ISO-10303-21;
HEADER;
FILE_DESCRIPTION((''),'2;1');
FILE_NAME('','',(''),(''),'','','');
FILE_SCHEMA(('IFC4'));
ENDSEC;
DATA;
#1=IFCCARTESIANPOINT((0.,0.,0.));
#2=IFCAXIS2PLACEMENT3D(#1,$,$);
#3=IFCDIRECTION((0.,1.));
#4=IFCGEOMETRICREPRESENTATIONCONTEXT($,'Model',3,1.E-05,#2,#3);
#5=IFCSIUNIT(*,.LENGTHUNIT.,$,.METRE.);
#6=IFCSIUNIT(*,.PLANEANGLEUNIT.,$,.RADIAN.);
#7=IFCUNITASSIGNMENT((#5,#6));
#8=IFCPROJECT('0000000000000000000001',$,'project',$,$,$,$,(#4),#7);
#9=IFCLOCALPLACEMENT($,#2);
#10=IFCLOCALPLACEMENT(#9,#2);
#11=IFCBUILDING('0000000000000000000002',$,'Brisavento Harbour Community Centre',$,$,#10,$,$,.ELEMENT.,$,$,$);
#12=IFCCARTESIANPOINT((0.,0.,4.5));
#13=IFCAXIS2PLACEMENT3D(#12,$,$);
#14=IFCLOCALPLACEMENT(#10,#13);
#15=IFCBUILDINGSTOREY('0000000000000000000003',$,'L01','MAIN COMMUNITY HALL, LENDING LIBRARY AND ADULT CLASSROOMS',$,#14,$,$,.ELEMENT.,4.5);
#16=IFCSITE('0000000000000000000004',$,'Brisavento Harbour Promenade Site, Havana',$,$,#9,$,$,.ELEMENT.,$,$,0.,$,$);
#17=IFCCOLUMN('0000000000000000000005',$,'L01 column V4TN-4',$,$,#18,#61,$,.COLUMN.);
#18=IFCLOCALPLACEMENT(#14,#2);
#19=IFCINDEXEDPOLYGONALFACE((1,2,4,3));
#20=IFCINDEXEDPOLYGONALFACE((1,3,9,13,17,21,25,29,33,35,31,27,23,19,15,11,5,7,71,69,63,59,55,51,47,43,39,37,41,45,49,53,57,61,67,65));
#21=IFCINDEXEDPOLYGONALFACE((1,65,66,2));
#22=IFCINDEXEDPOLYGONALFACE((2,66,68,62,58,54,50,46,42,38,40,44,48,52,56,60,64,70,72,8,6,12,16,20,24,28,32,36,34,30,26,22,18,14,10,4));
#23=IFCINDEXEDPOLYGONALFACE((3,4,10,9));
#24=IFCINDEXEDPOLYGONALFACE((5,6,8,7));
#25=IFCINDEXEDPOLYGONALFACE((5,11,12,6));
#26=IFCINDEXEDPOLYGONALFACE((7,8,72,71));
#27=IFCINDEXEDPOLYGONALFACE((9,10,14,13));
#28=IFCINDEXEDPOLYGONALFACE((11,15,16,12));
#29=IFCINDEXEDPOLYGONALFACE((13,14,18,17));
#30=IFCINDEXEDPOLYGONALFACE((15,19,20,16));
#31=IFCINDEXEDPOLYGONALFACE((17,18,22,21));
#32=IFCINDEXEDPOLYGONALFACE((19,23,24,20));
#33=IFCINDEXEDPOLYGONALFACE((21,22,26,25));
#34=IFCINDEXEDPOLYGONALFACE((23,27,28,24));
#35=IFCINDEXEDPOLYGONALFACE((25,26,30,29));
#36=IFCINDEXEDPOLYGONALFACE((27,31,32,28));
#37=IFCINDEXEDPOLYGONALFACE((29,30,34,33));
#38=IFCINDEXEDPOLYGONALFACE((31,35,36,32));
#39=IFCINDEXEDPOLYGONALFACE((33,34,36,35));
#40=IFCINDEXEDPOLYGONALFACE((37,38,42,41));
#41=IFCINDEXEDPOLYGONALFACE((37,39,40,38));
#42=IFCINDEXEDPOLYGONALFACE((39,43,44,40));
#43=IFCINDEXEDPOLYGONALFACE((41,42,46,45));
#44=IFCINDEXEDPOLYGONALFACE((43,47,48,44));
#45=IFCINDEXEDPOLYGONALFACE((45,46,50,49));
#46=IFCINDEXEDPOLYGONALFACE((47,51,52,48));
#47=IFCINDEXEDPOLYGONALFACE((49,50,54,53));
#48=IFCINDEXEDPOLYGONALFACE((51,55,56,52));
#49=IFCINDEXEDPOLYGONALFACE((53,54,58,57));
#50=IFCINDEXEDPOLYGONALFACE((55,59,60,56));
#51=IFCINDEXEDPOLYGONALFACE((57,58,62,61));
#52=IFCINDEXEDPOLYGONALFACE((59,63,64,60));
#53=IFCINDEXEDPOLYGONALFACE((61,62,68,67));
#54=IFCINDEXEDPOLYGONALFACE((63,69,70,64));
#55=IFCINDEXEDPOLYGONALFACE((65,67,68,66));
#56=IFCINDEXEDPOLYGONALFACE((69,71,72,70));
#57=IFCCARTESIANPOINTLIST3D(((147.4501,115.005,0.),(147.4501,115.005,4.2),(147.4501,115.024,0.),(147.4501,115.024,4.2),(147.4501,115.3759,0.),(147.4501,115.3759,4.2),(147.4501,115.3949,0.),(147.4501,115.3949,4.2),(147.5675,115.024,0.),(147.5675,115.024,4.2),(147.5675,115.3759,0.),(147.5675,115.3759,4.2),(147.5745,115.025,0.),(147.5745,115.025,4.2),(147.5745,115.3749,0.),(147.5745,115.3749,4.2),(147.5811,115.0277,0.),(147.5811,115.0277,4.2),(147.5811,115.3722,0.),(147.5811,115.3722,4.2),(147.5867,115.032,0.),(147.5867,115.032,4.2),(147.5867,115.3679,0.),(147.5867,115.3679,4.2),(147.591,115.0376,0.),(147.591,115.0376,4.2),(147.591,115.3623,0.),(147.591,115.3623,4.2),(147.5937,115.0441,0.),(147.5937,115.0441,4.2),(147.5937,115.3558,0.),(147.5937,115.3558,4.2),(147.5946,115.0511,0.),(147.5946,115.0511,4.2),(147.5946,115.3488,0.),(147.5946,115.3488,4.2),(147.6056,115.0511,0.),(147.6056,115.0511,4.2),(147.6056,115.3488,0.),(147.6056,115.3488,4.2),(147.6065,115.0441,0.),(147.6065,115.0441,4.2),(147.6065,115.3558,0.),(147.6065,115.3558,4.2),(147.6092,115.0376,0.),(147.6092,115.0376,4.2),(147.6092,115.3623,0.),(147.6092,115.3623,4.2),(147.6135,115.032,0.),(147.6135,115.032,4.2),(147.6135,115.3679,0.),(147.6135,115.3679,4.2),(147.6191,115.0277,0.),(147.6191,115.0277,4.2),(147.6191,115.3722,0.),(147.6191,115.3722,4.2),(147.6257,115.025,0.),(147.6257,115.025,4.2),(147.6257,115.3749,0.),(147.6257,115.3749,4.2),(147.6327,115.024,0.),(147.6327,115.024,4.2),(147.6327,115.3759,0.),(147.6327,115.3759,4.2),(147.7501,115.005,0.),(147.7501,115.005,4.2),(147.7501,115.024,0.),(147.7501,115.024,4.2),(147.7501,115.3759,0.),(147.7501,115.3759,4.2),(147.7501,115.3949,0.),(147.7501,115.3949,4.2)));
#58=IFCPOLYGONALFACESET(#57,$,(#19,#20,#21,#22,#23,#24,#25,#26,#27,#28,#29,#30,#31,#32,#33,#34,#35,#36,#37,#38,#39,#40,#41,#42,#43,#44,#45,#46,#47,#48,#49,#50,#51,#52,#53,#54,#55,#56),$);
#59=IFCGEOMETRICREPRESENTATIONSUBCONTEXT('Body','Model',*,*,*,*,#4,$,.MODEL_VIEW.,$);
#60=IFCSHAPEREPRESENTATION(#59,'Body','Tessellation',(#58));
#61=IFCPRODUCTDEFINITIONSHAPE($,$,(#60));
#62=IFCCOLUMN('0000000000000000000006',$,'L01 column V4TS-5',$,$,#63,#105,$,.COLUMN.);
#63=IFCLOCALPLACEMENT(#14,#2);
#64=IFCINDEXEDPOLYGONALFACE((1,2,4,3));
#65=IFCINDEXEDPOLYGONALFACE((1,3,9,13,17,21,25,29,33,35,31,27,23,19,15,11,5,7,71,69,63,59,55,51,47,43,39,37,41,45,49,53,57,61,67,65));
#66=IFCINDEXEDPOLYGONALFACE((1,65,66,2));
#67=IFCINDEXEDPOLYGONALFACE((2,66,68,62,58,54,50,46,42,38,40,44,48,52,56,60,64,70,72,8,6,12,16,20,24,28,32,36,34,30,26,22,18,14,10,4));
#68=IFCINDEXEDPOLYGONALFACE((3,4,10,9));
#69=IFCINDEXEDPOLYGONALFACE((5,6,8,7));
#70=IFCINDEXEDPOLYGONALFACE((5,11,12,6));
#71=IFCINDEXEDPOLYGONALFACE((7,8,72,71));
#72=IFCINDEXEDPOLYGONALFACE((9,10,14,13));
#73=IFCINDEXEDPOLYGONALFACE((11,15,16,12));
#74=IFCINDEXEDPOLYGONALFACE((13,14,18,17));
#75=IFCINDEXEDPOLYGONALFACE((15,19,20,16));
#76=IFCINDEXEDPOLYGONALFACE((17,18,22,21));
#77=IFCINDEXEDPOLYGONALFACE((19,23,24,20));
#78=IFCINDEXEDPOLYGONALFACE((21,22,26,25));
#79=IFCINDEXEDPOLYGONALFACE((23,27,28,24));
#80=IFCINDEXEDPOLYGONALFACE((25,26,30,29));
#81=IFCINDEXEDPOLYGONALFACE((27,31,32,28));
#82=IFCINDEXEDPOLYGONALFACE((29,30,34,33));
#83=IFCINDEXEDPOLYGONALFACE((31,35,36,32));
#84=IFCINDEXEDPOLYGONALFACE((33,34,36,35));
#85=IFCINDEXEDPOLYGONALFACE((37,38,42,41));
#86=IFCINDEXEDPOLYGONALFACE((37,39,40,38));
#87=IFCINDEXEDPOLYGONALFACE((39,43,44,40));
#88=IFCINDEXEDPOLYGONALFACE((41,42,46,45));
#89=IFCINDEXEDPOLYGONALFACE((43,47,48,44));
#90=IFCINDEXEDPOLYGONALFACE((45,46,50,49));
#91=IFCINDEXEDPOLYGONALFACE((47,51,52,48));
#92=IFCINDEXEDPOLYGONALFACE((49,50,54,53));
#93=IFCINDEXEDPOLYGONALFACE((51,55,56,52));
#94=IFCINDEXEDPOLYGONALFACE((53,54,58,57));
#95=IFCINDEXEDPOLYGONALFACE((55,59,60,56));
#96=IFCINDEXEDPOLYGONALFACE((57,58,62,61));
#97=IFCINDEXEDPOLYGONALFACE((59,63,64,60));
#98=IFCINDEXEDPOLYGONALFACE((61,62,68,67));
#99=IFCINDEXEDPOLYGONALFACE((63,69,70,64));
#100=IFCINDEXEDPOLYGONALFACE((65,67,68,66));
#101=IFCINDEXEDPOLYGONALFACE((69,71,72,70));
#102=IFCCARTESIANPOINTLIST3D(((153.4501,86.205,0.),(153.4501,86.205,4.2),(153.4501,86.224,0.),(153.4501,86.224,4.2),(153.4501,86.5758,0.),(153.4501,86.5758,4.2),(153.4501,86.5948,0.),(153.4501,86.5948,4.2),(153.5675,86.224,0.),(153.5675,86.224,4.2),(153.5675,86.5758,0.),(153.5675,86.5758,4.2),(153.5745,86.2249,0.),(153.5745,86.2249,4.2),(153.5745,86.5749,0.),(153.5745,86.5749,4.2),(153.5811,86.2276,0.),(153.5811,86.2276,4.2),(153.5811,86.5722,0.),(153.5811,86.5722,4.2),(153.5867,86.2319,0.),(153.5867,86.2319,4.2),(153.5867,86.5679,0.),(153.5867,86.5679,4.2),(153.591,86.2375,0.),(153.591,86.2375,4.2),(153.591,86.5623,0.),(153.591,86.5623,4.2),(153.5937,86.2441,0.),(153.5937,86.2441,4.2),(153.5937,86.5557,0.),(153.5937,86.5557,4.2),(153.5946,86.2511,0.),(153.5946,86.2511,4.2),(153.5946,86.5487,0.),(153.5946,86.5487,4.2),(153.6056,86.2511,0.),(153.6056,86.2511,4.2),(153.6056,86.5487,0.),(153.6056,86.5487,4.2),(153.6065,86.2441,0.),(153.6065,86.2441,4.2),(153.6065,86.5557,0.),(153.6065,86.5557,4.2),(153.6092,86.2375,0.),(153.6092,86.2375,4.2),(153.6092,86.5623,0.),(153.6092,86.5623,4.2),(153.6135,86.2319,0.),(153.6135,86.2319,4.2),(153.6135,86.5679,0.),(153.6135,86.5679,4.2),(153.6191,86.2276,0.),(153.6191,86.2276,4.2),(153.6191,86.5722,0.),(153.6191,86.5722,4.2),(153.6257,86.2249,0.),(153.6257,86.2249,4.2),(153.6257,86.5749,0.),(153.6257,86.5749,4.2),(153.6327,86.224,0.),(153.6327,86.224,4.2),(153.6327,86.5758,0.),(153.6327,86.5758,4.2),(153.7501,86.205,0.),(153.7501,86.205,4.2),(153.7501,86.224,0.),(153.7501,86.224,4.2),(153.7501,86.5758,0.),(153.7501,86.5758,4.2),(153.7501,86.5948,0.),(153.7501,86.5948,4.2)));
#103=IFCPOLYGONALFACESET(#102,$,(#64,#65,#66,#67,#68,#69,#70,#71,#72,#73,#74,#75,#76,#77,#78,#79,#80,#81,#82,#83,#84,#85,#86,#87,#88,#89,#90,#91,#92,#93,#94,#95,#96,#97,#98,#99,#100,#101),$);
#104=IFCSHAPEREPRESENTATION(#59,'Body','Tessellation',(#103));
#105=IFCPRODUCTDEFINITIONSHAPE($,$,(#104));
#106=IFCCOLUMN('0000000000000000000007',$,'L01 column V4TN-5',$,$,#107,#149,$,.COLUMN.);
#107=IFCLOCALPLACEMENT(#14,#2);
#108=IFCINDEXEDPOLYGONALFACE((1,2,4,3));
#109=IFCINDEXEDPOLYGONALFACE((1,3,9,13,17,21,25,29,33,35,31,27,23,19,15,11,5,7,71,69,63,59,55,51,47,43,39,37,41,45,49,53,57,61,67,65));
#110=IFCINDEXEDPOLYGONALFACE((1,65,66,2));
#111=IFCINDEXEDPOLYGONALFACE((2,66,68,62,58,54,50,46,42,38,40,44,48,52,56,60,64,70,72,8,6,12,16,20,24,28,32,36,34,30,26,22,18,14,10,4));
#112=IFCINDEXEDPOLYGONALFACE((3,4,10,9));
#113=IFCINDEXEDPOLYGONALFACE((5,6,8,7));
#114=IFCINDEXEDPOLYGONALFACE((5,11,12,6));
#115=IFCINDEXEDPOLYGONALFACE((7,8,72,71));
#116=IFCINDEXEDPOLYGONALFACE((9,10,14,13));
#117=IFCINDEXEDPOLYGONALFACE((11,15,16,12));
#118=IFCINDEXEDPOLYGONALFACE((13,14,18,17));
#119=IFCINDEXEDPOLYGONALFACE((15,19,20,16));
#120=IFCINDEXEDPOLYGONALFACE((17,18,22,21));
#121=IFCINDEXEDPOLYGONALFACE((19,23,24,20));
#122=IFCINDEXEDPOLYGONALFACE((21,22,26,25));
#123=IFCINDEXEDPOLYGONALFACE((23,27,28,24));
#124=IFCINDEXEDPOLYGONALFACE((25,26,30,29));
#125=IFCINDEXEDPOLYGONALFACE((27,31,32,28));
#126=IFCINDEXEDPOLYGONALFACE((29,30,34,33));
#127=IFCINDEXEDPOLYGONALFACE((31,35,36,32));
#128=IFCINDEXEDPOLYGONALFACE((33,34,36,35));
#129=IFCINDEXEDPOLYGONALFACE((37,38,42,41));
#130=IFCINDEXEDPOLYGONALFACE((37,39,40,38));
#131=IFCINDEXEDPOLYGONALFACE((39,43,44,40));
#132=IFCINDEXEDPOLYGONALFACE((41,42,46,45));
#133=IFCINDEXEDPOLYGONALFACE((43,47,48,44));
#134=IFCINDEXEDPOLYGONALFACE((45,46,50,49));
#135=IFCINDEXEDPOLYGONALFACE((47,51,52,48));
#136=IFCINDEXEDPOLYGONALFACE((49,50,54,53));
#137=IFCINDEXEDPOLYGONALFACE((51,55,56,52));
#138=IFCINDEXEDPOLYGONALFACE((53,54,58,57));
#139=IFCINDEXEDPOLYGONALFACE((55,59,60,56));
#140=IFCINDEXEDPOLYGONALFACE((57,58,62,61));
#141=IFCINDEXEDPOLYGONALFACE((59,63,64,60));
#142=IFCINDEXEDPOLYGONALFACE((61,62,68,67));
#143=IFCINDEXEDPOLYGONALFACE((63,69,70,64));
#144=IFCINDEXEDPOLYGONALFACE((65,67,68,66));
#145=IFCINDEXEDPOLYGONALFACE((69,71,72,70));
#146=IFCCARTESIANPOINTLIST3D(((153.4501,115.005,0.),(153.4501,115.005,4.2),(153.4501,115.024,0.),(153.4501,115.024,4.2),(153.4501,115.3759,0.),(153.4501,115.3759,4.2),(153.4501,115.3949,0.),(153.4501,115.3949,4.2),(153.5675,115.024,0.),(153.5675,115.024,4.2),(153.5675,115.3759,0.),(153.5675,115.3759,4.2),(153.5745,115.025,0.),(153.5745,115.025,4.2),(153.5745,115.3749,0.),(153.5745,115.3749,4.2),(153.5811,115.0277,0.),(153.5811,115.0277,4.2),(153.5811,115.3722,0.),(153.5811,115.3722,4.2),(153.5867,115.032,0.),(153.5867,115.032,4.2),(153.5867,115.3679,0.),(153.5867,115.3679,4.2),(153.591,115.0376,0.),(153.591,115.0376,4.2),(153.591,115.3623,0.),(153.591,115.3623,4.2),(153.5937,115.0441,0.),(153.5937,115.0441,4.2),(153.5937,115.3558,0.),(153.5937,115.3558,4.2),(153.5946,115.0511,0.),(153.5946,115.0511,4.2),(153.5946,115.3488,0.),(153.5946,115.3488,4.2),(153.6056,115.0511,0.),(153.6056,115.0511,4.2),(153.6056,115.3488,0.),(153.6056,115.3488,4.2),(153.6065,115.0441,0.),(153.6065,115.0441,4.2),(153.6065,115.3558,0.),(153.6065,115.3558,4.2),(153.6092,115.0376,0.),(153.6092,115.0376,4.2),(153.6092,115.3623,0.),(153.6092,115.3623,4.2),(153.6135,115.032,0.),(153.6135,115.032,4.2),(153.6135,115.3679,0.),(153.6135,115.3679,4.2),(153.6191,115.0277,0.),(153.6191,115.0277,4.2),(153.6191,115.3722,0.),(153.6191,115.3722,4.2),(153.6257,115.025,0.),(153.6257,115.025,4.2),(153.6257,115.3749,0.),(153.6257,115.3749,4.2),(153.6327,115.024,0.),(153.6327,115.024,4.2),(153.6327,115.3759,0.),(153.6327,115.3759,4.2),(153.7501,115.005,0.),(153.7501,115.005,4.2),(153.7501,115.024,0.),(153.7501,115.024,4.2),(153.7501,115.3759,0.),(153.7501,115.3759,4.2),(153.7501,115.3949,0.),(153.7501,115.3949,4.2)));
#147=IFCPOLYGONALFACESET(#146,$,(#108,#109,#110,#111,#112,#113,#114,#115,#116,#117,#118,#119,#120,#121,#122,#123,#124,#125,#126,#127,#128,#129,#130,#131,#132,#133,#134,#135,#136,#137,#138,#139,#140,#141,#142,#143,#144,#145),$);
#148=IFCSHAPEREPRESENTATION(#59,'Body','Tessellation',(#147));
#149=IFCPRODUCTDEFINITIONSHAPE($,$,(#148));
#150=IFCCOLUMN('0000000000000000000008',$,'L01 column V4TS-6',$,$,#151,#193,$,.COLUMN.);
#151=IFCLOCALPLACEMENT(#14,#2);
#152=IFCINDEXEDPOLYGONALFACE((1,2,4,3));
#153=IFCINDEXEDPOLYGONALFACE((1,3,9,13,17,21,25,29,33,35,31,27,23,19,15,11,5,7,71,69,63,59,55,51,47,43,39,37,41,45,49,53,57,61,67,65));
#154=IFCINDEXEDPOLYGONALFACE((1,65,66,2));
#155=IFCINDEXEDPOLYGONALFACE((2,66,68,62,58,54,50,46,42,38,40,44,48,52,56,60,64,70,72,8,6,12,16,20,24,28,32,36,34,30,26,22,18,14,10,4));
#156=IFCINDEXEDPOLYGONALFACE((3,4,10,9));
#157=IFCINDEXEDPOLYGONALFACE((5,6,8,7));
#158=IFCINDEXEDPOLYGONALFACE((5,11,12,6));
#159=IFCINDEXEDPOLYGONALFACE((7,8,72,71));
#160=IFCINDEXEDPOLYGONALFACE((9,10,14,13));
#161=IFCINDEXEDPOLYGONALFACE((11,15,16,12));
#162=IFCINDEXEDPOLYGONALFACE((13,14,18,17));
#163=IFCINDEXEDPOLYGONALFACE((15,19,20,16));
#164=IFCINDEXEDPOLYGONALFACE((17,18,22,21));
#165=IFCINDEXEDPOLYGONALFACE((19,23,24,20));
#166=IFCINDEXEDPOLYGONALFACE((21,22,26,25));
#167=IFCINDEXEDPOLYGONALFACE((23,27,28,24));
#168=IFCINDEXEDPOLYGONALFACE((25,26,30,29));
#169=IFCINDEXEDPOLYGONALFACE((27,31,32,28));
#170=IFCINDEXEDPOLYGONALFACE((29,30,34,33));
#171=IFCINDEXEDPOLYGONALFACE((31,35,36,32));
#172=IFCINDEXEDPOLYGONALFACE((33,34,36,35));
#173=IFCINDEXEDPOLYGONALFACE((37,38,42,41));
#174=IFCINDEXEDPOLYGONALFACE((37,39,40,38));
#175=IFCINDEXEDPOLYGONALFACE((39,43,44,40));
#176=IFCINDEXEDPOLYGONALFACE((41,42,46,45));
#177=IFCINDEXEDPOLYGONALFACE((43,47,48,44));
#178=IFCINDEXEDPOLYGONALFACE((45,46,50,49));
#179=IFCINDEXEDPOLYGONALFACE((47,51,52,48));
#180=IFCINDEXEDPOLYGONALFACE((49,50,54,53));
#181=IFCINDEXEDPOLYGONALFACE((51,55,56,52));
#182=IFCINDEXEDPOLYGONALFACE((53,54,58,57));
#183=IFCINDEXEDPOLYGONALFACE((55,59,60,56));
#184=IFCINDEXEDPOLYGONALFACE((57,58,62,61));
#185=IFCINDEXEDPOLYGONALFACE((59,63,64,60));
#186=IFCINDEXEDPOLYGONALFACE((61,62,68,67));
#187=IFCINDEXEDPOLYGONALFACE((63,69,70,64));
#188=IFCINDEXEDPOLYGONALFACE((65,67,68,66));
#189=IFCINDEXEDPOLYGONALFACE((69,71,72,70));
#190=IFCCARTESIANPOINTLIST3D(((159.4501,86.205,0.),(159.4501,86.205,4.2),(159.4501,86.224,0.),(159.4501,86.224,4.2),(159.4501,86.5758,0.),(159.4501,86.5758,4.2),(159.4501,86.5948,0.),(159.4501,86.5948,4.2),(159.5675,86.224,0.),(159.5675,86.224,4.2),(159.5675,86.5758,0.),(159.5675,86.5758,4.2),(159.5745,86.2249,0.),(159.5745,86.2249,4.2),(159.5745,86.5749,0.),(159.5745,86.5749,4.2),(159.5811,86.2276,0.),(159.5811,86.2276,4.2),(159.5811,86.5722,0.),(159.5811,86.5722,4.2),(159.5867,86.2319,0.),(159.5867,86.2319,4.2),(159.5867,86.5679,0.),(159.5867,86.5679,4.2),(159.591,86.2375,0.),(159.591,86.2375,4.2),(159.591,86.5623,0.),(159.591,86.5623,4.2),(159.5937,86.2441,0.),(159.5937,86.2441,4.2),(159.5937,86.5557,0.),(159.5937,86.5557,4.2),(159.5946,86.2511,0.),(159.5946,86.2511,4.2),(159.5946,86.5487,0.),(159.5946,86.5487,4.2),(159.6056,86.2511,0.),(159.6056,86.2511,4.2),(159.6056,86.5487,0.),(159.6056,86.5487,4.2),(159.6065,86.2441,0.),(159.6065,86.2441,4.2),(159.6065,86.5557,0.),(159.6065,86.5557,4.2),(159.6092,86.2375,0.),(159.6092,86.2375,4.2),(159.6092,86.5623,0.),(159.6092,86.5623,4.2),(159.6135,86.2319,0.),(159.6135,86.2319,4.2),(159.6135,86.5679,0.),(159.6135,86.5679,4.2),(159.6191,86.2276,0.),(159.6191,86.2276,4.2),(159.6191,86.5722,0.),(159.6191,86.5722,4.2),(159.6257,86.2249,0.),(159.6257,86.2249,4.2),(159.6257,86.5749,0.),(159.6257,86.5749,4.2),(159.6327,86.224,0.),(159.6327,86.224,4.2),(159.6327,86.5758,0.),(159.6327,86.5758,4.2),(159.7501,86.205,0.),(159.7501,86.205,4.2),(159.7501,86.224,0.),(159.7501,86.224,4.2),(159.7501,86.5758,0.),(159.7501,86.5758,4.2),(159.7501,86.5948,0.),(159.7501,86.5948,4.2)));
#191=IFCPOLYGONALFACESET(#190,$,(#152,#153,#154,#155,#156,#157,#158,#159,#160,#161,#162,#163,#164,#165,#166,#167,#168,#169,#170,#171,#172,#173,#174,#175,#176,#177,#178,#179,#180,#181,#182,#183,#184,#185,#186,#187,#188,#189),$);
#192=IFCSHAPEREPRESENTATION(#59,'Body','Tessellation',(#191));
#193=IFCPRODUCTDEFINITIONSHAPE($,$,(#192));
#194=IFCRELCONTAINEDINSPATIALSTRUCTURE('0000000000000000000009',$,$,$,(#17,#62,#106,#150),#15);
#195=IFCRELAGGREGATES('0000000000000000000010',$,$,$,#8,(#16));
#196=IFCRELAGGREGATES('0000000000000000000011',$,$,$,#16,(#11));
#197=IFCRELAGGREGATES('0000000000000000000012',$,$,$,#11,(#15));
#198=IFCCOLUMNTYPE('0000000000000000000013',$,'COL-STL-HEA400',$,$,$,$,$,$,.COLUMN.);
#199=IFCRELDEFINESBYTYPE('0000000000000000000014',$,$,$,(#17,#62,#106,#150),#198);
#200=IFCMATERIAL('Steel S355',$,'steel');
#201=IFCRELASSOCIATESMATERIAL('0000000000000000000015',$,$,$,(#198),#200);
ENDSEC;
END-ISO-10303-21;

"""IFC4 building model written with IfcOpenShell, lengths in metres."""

from ifc_helpers import new_model, si_unit, direction, frame, origin, origin_2d, place, context, subcontext, project, spatial, i_section, extrude, material, material_profile, profile_set, type_object, element, save


model = new_model("IFC4")

# Units and contexts
model_context = context("Model", 3, precision=1e-05, world=origin(), true_north=direction((0.0, 1.0)))
body_context = subcontext(model_context, "Body", "Model", "MODEL_VIEW")
ifc_project = project(units=[si_unit("LENGTHUNIT", "METRE"), si_unit("PLANEANGLEUNIT", "RADIAN")], contexts=[model_context])

# Site, building, storey
site_placement = place(None, origin())
site = spatial("IfcSite", under=ifc_project, at=site_placement, Name="Brisavento Harbour Promenade Site, Havana", CompositionType="ELEMENT", RefElevation=0.0)
building_placement = place(site_placement, origin())
building = spatial("IfcBuilding", under=site, at=building_placement, Name="Brisavento Harbour Community Centre", CompositionType="ELEMENT")
storey_placement = place(building_placement, frame((0.0, 0.0, 4.5)))
storey = spatial("IfcBuildingStorey", under=building, at=storey_placement, Name="L01", Description="MAIN COMMUNITY HALL, LENDING LIBRARY AND ADULT CLASSROOMS", CompositionType="ELEMENT", Elevation=4.5)

# Columns
ifc_material_1 = material(Name="Steel S355", Category="steel")
ifc_material_profile_1 = material_profile(ifc_material_1, i_section(OverallWidth=0.3, OverallDepth=0.3899, WebThickness=0.011, FlangeThickness=0.019, FilletRadius=0.0271, at=origin_2d()), Name="Steel S355")
ifc_profile_set_1 = profile_set([ifc_material_profile_1], Name="Steel S355")
column_type_1 = type_object("IfcColumnType", Name="COL-STL-HEA400", PredefinedType="COLUMN", material=ifc_profile_set_1)
for number, where, z_axis, x_axis, name in (
    (1, (147.6001, 115.2, 0.0), (0.0, 0.0, 1.0), (1.0, 0.0, 0.0), "L01 column V4TN-4"),
    (2, (153.6001, 86.3999, 0.0), (0.0, 0.0, 1.0), (1.0, 0.0, 0.0), "L01 column V4TS-5"),
    (3, (153.6001, 115.2, 0.0), (0.0, 0.0, 1.0), (1.0, 0.0, 0.0), "L01 column V4TN-5"),
    (4, (159.6001, 86.3999, 0.0), (0.0, 0.0, 1.0), (1.0, 0.0, 0.0), "L01 column V4TS-6"),
):
    element("IfcColumn", number, at=place(storey_placement, frame(where, z_axis=z_axis, x_axis=x_axis)), inside=storey, type_object=column_type_1, Name=name, PredefinedType="COLUMN", context=body_context, shape_type="SweptSolid", body=[
        extrude(i_section(OverallWidth=0.3, OverallDepth=0.3899, WebThickness=0.011, FlangeThickness=0.019, FilletRadius=0.0271, at=origin_2d()), origin(), (0.0, 0.0, 1.0), 4.2),
    ])

save(model, "model.ifc")
